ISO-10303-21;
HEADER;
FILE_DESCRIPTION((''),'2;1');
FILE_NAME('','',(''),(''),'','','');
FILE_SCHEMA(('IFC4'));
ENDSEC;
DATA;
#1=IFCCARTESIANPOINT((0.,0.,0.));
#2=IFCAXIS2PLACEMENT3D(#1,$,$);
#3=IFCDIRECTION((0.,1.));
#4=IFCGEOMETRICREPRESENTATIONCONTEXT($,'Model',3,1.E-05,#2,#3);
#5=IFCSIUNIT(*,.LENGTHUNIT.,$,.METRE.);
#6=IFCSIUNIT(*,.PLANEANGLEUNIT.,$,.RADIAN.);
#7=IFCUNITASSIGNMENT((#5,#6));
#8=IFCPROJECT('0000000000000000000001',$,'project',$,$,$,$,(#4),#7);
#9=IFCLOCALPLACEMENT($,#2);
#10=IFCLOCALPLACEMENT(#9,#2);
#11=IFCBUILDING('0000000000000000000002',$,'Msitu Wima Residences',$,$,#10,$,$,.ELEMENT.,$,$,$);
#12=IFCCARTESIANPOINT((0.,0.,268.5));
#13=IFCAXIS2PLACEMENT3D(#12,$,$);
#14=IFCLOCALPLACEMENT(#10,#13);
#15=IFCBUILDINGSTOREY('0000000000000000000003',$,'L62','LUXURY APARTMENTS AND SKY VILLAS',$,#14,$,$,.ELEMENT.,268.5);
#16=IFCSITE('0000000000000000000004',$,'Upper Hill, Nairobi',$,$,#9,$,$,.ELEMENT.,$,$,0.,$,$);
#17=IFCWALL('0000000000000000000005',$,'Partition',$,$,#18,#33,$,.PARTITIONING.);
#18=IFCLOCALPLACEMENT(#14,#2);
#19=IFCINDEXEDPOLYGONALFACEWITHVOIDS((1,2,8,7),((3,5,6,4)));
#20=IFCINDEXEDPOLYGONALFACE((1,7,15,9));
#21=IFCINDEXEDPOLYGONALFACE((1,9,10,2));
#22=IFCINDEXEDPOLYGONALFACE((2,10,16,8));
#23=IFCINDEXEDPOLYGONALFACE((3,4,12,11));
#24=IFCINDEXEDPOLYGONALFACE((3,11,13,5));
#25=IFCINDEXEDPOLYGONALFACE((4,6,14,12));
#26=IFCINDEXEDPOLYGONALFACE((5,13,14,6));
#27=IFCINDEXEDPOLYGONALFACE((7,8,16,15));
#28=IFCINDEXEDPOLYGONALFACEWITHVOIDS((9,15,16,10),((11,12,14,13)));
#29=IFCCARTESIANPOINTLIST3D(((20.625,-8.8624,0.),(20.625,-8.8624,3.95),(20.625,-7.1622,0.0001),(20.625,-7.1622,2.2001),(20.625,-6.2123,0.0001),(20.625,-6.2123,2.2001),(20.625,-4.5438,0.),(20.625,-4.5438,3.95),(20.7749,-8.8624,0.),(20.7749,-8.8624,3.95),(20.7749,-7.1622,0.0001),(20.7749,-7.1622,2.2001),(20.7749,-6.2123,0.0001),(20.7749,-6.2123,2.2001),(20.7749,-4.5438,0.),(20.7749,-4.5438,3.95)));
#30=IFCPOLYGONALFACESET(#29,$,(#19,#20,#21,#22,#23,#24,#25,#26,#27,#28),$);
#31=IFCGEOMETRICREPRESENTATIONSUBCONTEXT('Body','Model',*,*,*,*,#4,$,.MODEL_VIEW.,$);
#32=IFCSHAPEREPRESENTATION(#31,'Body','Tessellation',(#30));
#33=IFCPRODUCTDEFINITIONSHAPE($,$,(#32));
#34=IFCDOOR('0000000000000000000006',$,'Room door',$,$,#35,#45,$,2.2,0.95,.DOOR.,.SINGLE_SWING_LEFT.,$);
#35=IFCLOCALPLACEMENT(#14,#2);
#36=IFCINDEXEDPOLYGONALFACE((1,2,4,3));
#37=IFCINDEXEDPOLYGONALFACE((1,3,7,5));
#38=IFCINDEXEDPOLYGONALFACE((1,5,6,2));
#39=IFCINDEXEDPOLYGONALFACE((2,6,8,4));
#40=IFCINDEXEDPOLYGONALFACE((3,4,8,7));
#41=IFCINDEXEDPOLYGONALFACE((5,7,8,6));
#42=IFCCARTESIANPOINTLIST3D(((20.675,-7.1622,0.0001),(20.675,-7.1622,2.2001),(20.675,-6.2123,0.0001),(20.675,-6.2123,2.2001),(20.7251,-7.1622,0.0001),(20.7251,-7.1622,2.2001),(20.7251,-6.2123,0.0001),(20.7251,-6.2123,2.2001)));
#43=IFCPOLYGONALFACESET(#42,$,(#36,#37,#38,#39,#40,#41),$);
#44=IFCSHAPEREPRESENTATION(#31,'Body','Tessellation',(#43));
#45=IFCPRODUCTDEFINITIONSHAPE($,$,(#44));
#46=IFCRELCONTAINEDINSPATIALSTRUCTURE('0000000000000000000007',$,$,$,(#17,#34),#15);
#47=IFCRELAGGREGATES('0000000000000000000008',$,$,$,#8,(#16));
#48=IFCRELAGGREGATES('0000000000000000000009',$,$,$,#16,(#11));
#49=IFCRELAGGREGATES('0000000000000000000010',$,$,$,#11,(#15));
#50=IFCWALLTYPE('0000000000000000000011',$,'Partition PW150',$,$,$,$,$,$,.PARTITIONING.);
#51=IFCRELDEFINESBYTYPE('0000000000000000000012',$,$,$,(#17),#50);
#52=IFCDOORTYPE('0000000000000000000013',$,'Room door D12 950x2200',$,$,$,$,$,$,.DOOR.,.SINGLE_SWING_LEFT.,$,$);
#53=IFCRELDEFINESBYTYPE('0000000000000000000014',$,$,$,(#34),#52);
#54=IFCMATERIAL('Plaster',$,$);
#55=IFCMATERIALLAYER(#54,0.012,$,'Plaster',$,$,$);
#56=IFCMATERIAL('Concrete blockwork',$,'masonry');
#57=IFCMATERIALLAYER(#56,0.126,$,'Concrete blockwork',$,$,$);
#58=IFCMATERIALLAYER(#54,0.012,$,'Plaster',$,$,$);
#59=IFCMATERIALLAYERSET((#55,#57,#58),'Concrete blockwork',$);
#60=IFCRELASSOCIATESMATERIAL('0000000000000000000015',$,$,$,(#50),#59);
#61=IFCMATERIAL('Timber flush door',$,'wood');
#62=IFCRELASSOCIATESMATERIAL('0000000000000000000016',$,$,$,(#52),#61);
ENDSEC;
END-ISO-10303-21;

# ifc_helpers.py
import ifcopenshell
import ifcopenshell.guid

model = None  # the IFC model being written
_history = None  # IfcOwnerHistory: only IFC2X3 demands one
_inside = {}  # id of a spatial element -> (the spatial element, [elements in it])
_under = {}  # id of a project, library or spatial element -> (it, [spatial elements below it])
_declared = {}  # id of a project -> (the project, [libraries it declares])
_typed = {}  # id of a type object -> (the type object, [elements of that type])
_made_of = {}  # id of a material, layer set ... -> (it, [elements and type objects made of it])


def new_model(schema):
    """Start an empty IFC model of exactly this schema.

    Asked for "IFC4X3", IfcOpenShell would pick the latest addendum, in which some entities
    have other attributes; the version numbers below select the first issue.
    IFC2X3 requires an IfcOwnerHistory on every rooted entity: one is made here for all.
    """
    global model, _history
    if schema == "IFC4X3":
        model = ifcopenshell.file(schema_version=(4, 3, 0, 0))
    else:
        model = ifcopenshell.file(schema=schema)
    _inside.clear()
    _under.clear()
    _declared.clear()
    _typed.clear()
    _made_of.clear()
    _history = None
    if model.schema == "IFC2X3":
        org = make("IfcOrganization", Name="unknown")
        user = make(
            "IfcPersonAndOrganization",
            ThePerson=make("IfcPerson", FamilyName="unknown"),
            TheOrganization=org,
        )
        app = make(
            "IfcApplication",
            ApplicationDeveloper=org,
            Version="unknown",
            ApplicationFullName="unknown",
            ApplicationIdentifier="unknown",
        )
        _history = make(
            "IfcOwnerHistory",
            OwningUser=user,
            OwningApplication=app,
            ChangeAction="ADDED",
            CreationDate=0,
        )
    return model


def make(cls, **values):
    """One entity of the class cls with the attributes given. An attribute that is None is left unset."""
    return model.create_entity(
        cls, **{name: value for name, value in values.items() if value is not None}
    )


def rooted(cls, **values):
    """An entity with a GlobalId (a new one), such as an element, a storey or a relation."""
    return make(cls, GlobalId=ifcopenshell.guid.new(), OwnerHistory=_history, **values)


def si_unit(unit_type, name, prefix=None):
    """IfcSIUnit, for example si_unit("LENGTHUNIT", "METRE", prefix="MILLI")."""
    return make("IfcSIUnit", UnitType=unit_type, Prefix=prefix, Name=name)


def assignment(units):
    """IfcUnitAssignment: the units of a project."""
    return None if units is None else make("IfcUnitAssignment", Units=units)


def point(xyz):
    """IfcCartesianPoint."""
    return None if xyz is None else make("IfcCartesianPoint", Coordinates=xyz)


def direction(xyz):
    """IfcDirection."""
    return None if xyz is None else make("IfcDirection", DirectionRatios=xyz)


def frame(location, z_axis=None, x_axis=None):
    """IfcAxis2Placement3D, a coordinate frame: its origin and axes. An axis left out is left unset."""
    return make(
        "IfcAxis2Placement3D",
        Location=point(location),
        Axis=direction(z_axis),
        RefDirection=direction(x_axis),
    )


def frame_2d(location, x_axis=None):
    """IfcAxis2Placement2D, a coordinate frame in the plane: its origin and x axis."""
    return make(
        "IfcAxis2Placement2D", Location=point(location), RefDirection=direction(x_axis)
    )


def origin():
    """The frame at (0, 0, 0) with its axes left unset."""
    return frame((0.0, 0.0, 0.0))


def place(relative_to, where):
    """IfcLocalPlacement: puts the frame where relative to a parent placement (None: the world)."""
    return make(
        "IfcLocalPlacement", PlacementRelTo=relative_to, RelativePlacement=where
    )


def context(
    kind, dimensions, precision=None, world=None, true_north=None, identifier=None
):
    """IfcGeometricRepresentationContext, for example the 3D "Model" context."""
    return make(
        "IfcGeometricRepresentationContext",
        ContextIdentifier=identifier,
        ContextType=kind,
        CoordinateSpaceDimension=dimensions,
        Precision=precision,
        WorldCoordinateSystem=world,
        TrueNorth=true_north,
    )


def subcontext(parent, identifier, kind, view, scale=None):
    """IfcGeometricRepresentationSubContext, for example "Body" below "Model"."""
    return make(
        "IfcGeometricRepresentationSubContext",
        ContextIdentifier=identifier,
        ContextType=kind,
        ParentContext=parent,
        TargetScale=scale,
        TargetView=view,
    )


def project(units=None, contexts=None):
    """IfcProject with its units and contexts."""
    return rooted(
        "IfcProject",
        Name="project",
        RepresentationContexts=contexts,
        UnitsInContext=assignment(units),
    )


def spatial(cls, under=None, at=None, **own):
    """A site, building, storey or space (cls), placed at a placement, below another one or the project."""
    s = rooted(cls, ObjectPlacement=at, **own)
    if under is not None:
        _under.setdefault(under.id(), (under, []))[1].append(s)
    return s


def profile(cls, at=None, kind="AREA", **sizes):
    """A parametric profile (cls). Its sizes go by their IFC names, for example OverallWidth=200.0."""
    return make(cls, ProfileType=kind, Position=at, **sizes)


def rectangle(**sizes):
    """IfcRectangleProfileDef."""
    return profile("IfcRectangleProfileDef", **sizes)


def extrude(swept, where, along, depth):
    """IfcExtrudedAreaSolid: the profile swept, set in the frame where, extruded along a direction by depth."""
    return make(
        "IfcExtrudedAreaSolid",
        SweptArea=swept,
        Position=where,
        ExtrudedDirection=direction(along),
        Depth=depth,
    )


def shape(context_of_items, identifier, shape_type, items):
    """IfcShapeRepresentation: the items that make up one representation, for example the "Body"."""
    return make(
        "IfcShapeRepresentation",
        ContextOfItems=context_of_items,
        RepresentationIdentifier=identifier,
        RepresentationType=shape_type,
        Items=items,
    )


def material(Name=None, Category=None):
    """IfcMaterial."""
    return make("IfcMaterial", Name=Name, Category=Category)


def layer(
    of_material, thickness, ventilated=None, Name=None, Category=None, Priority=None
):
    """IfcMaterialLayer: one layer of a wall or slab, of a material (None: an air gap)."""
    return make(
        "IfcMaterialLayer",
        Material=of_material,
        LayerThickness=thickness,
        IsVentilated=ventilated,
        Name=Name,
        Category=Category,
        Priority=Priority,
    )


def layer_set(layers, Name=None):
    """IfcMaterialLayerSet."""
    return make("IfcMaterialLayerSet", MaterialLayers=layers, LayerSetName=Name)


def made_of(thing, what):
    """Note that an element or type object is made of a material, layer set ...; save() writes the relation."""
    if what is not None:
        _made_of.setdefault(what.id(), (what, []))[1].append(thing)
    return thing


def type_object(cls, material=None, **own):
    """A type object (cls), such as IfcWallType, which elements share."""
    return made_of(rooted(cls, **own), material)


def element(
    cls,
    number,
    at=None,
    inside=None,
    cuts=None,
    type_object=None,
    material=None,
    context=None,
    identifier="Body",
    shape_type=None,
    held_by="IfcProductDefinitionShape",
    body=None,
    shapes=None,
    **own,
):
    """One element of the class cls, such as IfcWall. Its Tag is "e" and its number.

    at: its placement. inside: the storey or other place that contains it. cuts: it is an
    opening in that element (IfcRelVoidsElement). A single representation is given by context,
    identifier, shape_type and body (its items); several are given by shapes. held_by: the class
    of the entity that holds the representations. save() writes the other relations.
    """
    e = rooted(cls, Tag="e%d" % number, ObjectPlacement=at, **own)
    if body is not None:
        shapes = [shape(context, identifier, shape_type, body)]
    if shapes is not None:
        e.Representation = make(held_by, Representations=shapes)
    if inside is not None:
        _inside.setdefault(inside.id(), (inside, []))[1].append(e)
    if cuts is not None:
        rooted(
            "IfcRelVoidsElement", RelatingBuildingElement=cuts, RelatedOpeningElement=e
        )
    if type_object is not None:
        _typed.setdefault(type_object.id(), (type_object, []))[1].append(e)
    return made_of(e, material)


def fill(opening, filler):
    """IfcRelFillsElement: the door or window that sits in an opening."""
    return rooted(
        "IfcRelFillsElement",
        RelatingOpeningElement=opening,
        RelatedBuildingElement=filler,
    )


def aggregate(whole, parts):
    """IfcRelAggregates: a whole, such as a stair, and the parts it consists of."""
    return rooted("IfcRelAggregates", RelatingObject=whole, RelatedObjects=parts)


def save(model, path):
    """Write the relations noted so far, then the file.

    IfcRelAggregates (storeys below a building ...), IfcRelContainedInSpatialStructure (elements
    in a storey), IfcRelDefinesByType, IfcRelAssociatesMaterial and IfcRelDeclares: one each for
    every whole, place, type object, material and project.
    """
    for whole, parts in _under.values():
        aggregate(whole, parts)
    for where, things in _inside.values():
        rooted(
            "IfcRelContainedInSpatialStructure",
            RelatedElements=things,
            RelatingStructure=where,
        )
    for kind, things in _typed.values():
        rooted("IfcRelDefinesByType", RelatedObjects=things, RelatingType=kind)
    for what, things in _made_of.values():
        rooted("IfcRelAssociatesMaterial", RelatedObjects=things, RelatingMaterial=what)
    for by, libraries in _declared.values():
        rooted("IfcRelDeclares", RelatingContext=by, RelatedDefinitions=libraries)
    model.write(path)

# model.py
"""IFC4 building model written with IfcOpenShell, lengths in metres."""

from ifc_helpers import new_model, si_unit, direction, frame, frame_2d, origin, place, context, subcontext, project, spatial, rectangle, extrude, material, layer, layer_set, type_object, element, fill, save


model = new_model("IFC4")

# Units and contexts
model_context = context("Model", 3, precision=1e-05, world=origin(), true_north=direction((0.0, 1.0)))
body_context = subcontext(model_context, "Body", "Model", "MODEL_VIEW")
ifc_project = project(units=[si_unit("LENGTHUNIT", "METRE"), si_unit("PLANEANGLEUNIT", "RADIAN")], contexts=[model_context])

# Site, building, storey
site_placement = place(None, origin())
site = spatial("IfcSite", under=ifc_project, at=site_placement, Name="Upper Hill, Nairobi", CompositionType="ELEMENT", RefElevation=0.0)
building_placement = place(site_placement, origin())
building = spatial("IfcBuilding", under=site, at=building_placement, Name="Msitu Wima Residences", CompositionType="ELEMENT")
storey_placement = place(building_placement, frame((0.0, 0.0, 268.5)))
storey = spatial("IfcBuildingStorey", under=building, at=storey_placement, Name="L62", Description="LUXURY APARTMENTS AND SKY VILLAS", CompositionType="ELEMENT", Elevation=268.5)

# Shared definitions
ifc_material_1 = material(Name="Plaster")
ifc_layer_1 = layer(ifc_material_1, 0.012, Name="Plaster")
ifc_material_2 = material(Name="Concrete blockwork", Category="masonry")
ifc_layer_2 = layer(ifc_material_2, 0.126, Name="Concrete blockwork")
ifc_layer_3 = layer(ifc_material_1, 0.012, Name="Plaster")
ifc_layer_set_1 = layer_set([ifc_layer_1, ifc_layer_2, ifc_layer_3], Name="Concrete blockwork")
wall_type_1 = type_object("IfcWallType", Name="Partition PW150", PredefinedType="PARTITIONING", material=ifc_layer_set_1)
ifc_material_3 = material(Name="Timber flush door", Category="wood")
door_type_1 = type_object("IfcDoorType", Name="Room door D12 950x2200", OperationType="SINGLE_SWING_LEFT", PredefinedType="DOOR", material=ifc_material_3)

# Wall, opening, door
wall_1_placement = place(storey_placement, frame((20.7, -8.8623, 0.0), z_axis=(0.0, 0.0, 1.0), x_axis=(0.0, 1.0, 0.0)))
wall_1 = element("IfcWall", 1, at=wall_1_placement, inside=storey, type_object=wall_type_1, Name="Partition", PredefinedType="PARTITIONING", context=body_context, shape_type="SweptSolid", body=[
    extrude(rectangle(XDim=4.3186, YDim=0.1499, at=frame_2d((2.1592, 0.0))), origin(), (0.0, 0.0, 1.0), 3.95),
])
opening_1_placement = place(wall_1_placement, frame((1.7, 0.0, 0.0)))
opening_1 = element("IfcOpeningElement", 2, at=opening_1_placement, cuts=wall_1, PredefinedType="OPENING", context=body_context, shape_type="SweptSolid", body=[
    extrude(rectangle(XDim=0.95, YDim=2.2, at=frame_2d((0.4751, 1.1001))), frame((0.0, 0.085, 0.0), z_axis=(0.0, -1.0, 0.0), x_axis=(1.0, 0.0, 0.0)), (0.0, 0.0, 1.0), 0.1699),
])
door_1_placement = place(opening_1_placement, origin())
door_1 = element("IfcDoor", 3, at=door_1_placement, inside=storey, type_object=door_type_1, Name="Room door", OperationType="SINGLE_SWING_LEFT", OverallHeight=2.2, OverallWidth=0.95, PredefinedType="DOOR", context=body_context, shape_type="SweptSolid", body=[
    extrude(rectangle(XDim=0.95, YDim=2.2, at=frame_2d((0.4751, 1.1001))), frame((0.0, 0.0249, 0.0), z_axis=(0.0, -1.0, 0.0), x_axis=(1.0, 0.0, 0.0)), (0.0, 0.0, 1.0), 0.05),
])
fill(opening_1, door_1)

save(model, "model.ifc")
